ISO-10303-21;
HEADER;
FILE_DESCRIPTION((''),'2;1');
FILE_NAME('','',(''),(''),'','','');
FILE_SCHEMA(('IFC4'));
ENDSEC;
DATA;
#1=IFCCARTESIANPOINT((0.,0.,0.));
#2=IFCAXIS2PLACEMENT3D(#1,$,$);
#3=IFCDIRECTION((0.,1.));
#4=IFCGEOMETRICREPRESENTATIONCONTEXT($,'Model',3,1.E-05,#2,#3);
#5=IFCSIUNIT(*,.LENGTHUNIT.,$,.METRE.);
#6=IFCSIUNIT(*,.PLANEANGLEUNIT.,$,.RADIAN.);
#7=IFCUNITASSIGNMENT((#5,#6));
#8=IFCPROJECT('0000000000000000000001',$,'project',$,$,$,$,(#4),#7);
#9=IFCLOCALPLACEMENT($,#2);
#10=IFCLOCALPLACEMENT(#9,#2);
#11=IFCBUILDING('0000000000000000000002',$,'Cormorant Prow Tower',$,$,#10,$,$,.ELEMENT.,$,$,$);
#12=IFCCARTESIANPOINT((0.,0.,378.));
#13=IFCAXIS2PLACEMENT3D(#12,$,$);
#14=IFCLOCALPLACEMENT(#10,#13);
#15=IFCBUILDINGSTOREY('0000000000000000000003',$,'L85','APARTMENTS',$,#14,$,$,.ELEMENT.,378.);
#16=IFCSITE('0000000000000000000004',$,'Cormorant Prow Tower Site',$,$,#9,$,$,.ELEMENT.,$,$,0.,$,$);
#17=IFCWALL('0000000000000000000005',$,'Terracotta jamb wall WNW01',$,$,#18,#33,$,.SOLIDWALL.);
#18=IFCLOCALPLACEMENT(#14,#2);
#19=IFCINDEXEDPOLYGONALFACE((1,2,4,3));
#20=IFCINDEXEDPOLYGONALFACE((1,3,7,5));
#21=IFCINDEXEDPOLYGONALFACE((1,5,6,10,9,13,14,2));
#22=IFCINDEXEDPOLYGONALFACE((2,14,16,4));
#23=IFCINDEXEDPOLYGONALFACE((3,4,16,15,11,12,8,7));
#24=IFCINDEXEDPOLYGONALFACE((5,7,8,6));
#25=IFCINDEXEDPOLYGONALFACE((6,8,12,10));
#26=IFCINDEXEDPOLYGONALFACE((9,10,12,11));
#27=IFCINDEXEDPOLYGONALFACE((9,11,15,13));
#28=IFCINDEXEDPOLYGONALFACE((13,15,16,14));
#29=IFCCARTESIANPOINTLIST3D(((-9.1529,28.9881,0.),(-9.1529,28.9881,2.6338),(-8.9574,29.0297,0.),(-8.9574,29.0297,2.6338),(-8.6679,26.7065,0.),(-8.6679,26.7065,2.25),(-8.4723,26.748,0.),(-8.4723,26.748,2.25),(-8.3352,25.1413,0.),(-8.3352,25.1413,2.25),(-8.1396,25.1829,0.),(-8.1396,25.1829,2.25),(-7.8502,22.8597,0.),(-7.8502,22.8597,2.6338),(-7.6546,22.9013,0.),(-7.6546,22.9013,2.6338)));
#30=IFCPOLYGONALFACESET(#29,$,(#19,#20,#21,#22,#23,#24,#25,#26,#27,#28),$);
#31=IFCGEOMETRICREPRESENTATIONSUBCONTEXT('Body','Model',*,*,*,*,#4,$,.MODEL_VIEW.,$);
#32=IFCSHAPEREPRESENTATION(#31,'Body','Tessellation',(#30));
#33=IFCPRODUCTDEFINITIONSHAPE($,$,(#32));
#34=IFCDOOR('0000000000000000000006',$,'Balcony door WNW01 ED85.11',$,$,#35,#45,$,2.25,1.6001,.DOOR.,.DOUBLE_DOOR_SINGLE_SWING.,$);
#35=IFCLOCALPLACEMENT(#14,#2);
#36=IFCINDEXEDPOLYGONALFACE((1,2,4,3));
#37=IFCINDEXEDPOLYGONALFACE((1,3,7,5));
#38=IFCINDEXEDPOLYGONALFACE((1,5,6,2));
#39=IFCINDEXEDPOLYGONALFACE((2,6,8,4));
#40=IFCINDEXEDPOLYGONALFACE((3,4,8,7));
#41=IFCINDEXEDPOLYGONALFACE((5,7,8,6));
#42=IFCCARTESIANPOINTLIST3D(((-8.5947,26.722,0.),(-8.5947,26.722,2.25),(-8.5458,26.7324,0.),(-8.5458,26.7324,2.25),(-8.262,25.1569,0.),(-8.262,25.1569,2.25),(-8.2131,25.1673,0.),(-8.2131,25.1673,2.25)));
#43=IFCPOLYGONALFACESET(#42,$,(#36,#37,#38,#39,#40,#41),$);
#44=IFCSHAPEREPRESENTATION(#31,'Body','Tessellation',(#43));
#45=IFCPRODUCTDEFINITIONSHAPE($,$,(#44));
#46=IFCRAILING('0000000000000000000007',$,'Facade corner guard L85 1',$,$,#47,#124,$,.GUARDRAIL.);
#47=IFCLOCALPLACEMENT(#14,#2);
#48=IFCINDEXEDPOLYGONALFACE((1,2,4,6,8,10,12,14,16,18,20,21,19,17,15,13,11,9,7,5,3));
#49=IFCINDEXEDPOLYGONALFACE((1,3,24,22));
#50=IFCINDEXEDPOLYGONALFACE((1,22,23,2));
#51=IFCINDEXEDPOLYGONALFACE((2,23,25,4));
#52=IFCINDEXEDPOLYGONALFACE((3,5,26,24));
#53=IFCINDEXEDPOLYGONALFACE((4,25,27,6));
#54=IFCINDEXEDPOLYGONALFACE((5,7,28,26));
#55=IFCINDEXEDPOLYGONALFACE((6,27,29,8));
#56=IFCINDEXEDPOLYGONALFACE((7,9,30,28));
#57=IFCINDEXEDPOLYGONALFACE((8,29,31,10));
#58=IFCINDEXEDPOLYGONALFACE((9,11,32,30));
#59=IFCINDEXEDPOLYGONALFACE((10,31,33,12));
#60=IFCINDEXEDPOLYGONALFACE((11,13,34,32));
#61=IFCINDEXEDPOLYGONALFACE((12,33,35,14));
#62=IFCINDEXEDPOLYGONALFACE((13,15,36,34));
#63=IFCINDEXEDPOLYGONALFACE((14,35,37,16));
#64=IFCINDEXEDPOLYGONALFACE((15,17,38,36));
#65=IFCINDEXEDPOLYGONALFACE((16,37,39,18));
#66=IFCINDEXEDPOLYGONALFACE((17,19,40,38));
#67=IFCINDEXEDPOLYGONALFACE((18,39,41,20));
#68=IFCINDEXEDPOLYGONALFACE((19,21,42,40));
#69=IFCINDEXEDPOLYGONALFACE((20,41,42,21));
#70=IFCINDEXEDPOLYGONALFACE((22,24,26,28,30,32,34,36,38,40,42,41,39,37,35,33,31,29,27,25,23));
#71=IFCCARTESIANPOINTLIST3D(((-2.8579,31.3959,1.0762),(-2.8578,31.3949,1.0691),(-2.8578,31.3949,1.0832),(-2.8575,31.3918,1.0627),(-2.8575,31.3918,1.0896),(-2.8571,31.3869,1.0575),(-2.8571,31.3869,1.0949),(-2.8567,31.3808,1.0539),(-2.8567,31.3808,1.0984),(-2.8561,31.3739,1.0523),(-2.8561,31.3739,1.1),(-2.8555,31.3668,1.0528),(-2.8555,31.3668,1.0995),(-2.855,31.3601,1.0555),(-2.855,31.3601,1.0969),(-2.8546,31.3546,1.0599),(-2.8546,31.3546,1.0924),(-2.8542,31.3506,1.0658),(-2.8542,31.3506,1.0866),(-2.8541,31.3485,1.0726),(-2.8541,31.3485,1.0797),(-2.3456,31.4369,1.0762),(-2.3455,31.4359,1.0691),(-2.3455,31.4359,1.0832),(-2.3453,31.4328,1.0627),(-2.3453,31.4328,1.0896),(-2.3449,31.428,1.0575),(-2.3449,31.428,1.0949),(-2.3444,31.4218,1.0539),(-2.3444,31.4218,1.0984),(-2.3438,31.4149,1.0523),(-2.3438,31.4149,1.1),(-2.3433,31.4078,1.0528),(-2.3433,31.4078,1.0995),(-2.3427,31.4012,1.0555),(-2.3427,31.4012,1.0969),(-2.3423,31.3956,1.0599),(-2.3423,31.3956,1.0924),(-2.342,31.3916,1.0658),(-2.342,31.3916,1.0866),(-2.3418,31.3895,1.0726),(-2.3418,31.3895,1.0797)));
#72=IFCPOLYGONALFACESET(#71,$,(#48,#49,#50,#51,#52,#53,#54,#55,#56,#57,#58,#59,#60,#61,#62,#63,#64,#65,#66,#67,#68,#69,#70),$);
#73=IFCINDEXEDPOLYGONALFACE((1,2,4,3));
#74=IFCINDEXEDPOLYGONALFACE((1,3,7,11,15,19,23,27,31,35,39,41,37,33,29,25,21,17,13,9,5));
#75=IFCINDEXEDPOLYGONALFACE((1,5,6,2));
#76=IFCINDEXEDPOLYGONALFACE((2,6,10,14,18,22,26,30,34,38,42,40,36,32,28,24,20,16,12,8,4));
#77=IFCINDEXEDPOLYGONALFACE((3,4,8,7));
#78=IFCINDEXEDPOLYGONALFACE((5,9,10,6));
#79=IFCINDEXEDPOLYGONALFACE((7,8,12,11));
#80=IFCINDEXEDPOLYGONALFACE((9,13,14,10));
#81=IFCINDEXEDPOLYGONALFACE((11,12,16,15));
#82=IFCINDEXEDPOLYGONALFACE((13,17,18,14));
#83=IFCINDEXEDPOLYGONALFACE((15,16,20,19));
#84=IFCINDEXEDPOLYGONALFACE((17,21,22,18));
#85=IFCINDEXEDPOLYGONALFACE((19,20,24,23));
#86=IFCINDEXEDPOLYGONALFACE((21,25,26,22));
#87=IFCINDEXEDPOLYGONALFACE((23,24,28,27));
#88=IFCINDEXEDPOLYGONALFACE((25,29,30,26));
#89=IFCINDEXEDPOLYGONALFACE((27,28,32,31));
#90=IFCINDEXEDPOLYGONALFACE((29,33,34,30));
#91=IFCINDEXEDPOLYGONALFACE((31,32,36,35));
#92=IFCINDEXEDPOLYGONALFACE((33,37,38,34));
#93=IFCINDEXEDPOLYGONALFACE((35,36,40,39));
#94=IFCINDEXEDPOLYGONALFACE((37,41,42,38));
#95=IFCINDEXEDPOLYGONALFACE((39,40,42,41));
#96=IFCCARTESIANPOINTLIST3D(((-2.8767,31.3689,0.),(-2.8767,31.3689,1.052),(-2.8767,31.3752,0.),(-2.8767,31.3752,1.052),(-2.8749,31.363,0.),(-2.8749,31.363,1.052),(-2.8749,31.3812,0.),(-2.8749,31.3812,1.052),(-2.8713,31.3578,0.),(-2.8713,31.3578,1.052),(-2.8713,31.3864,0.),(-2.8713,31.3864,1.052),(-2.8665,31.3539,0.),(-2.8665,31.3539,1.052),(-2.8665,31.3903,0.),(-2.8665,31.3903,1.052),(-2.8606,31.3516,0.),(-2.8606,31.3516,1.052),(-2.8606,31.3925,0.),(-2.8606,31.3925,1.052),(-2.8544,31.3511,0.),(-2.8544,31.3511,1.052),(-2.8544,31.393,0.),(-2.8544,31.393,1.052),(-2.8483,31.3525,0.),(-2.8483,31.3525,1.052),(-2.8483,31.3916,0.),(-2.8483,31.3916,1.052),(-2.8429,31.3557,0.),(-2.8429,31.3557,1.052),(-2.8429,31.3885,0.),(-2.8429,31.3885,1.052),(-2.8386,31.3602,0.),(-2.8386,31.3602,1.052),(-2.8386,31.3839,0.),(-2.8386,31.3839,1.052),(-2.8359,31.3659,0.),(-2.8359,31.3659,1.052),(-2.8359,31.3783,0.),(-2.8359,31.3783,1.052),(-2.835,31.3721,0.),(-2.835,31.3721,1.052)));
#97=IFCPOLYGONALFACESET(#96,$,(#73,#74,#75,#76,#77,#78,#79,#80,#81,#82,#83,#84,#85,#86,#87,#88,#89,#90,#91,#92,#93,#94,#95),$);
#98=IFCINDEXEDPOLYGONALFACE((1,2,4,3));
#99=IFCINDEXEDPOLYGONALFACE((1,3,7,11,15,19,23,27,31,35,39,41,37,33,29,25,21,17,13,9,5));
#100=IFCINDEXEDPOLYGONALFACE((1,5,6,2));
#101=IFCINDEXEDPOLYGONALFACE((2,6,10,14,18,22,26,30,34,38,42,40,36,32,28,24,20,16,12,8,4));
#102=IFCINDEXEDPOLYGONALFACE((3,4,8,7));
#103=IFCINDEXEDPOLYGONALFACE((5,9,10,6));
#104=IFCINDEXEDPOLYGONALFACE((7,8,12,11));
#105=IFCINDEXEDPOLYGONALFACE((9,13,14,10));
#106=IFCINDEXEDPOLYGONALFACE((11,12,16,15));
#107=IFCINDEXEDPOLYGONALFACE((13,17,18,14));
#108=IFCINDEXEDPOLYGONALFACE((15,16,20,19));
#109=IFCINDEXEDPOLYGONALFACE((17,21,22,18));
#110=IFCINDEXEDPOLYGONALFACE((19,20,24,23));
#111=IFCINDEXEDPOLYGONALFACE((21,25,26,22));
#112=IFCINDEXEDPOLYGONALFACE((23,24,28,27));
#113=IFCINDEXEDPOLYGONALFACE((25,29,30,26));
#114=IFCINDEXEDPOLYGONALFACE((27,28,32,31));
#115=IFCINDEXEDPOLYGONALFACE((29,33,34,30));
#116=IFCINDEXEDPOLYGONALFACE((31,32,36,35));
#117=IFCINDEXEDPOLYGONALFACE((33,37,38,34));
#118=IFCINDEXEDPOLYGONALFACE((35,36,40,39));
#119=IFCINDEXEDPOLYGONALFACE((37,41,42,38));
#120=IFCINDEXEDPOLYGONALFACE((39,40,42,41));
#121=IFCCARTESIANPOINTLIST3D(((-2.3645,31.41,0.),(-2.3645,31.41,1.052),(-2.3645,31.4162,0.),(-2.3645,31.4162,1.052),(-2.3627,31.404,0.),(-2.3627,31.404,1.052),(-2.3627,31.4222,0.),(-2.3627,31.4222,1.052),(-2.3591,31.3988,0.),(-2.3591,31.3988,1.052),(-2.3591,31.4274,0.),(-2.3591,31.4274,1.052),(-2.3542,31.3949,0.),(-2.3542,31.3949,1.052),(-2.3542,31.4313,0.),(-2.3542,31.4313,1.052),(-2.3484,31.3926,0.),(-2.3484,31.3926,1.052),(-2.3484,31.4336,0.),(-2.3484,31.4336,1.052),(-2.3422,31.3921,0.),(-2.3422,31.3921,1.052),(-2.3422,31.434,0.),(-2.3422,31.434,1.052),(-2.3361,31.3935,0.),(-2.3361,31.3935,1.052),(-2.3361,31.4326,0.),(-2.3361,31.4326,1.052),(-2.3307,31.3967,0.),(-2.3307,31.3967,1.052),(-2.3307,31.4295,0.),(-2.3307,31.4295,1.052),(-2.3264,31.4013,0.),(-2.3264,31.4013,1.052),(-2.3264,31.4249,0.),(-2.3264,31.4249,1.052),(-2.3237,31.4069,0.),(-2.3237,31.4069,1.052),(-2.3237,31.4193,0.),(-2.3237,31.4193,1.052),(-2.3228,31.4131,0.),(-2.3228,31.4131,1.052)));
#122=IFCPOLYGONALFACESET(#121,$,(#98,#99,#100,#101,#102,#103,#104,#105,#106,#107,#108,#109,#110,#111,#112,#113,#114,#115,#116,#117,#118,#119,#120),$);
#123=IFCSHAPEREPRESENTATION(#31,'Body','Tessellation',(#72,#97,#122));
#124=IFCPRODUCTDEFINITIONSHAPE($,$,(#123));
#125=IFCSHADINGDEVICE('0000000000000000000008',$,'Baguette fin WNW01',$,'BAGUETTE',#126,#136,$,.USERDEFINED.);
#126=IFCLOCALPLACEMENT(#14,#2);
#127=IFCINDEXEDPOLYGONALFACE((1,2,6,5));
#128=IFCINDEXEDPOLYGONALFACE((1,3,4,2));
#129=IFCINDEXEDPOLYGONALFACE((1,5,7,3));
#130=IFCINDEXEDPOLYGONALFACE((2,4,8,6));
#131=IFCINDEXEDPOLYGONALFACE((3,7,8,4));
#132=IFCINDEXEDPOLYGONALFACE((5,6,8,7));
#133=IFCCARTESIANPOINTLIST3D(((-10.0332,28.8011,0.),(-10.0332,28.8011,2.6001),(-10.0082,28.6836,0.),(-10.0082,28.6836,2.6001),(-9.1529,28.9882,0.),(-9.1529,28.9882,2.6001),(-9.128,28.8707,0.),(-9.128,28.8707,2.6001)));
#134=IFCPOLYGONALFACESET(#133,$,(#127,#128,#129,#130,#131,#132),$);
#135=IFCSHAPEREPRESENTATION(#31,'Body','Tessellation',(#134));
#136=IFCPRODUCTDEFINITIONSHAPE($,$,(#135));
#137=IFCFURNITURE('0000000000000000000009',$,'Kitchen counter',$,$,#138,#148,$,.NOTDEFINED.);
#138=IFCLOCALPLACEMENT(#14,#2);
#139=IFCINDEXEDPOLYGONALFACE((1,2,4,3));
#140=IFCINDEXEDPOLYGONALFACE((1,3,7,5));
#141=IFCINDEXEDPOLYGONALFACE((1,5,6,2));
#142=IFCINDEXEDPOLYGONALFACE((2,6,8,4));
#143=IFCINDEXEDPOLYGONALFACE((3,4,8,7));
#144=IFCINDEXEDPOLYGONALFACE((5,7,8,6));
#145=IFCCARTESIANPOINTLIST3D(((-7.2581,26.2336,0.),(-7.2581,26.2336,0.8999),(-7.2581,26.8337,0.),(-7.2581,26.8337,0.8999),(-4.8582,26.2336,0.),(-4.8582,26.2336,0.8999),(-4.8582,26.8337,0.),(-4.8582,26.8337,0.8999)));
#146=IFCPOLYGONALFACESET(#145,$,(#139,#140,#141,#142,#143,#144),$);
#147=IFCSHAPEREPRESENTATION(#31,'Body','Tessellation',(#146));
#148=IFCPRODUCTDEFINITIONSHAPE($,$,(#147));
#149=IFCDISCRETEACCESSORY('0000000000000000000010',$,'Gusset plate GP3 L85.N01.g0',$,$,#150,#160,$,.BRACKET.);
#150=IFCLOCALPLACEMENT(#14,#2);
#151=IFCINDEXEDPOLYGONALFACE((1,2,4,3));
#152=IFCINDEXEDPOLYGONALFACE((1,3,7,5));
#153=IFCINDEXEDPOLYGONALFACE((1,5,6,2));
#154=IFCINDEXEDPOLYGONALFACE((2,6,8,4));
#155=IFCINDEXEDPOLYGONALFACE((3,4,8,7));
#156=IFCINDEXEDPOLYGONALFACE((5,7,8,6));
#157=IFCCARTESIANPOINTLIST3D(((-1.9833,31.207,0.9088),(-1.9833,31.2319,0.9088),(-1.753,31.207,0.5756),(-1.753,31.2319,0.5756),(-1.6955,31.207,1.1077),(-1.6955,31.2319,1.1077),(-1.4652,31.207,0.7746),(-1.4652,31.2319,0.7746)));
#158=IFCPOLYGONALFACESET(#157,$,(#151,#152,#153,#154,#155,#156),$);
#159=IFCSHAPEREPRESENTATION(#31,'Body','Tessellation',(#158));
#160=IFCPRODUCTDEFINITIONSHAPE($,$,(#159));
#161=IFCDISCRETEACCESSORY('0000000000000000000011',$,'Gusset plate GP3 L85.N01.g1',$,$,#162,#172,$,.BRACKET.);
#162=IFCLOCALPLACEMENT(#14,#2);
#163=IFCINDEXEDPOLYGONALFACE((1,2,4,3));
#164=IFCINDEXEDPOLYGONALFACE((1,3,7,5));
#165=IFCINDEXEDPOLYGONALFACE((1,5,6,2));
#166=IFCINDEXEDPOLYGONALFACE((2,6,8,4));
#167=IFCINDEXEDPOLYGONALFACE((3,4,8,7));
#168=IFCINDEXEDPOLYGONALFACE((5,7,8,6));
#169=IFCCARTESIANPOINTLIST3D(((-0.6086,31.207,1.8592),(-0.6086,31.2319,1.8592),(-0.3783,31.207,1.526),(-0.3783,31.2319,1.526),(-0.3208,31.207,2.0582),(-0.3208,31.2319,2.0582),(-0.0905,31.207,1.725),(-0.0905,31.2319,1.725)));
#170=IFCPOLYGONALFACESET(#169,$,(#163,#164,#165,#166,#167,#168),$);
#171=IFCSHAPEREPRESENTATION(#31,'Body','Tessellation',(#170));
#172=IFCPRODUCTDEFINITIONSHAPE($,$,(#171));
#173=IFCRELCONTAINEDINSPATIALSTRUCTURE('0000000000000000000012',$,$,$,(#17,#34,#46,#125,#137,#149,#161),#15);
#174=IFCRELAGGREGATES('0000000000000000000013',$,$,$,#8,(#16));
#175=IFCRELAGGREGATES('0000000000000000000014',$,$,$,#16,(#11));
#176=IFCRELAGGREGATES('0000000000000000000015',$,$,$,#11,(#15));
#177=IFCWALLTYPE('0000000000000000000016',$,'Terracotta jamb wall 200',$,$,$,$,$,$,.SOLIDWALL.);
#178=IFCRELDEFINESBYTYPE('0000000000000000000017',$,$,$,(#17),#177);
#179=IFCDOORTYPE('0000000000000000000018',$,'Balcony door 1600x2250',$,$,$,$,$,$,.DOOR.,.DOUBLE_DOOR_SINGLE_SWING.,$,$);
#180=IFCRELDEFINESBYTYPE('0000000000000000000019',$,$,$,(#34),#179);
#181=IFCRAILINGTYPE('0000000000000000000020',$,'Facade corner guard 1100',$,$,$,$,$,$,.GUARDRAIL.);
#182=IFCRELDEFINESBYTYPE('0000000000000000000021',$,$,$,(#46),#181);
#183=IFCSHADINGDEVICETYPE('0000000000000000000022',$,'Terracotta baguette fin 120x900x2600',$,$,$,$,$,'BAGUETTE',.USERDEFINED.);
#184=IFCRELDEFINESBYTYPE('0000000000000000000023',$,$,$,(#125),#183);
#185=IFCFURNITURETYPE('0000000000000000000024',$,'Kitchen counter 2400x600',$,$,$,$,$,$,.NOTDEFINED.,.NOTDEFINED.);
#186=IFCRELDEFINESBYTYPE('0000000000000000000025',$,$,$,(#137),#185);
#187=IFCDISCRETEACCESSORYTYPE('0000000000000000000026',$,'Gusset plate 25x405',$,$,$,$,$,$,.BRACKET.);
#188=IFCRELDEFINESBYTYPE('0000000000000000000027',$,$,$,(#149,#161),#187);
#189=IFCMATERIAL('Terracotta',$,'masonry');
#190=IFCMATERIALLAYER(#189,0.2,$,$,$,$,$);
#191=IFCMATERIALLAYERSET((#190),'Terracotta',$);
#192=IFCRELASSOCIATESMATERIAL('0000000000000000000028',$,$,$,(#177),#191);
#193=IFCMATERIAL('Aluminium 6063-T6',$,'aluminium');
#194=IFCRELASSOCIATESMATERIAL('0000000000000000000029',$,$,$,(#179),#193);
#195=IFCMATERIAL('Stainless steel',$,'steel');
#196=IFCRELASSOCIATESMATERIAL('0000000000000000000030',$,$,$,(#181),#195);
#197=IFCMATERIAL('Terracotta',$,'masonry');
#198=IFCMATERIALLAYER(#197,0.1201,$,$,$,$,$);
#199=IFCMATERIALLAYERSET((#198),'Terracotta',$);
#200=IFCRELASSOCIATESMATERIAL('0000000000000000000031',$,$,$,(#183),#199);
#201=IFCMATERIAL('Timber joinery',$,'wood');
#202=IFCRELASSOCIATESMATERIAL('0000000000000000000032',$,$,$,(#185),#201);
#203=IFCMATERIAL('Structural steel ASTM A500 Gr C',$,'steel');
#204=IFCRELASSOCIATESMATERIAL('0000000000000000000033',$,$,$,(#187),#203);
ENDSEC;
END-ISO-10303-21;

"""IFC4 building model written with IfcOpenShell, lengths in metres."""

from ifc_helpers import new_model, si_unit, direction, frame, frame_2d, origin, origin_2d, place, context, subcontext, project, spatial, rectangle, circle, extrude, material, layer, layer_set, material_profile, profile_set, type_object, element, fill, save


model = new_model("IFC4")

# Units and contexts
model_context = context("Model", 3, precision=1e-05, world=origin(), true_north=direction((0.0, 1.0)))
body_context = subcontext(model_context, "Body", "Model", "MODEL_VIEW")
ifc_project = project(units=[si_unit("LENGTHUNIT", "METRE"), si_unit("PLANEANGLEUNIT", "RADIAN")], contexts=[model_context])

# Site, building, storey
site_placement = place(None, origin())
site = spatial("IfcSite", under=ifc_project, at=site_placement, Name="Cormorant Prow Tower Site", CompositionType="ELEMENT", RefElevation=0.0)
building_placement = place(site_placement, origin())
building = spatial("IfcBuilding", under=site, at=building_placement, Name="Cormorant Prow Tower", CompositionType="ELEMENT")
storey_placement = place(building_placement, frame((0.0, 0.0, 378.0)))
storey = spatial("IfcBuildingStorey", under=building, at=storey_placement, Name="L85", Description="APARTMENTS", CompositionType="ELEMENT", Elevation=378.0)

# Wall, opening, door
ifc_material_1 = material(Name="Terracotta", Category="masonry")
ifc_layer_1 = layer(ifc_material_1, 0.2)
ifc_layer_set_1 = layer_set([ifc_layer_1], Name="Terracotta")
wall_type_1 = type_object("IfcWallType", Name="Terracotta jamb wall 200", PredefinedType="SOLIDWALL", material=ifc_layer_set_1)
wall_1_placement = place(storey_placement, frame((-9.0552, 29.009, 0.0), z_axis=(0.0, 0.0, 1.0), x_axis=(0.207927, -0.978144, 0.0)))
wall_1 = element("IfcWall", 1, at=wall_1_placement, inside=storey, type_object=wall_type_1, Name="Terracotta jamb wall WNW01", PredefinedType="SOLIDWALL", context=body_context, shape_type="SweptSolid", body=[
    extrude(rectangle(XDim=6.2654, YDim=0.2, at=frame_2d((3.1328, 0.0))), origin(), (0.0, 0.0, 1.0), 2.6338),
])
opening_1_placement = place(wall_1_placement, frame((2.3328, 0.0, 0.0)))
opening_1 = element("IfcOpeningElement", 2, at=opening_1_placement, cuts=wall_1, PredefinedType="OPENING", context=body_context, shape_type="SweptSolid", body=[
    extrude(rectangle(XDim=1.6001, YDim=2.25, at=frame_2d((0.8, 1.125))), frame((0.0, 0.1099, 0.0), z_axis=(0.0, -1.0, 0.0), x_axis=(1.0, 0.0, 0.0)), (0.0, 0.0, 1.0), 0.22),
])
ifc_material_2 = material(Name="Aluminium 6063-T6", Category="aluminium")
door_type_1 = type_object("IfcDoorType", Name="Balcony door 1600x2250", OperationType="DOUBLE_DOOR_SINGLE_SWING", PredefinedType="DOOR", material=ifc_material_2)
door_1_placement = place(opening_1_placement, origin())
door_1 = element("IfcDoor", 3, at=door_1_placement, inside=storey, type_object=door_type_1, Name="Balcony door WNW01 ED85.11", OperationType="DOUBLE_DOOR_SINGLE_SWING", OverallHeight=2.25, OverallWidth=1.6001, PredefinedType="DOOR", context=body_context, shape_type="SweptSolid", body=[
    extrude(rectangle(XDim=1.6001, YDim=2.25, at=frame_2d((0.8, 1.125))), frame((0.0, 0.0249, 0.0), z_axis=(0.0, -1.0, 0.0), x_axis=(1.0, 0.0, 0.0)), (0.0, 0.0, 1.0), 0.05),
])
fill(opening_1, door_1)

# Railing
ifc_material_3 = material(Name="Stainless steel", Category="steel")
railing_type_1 = type_object("IfcRailingType", Name="Facade corner guard 1100", PredefinedType="GUARDRAIL", material=ifc_material_3)
railing_1_placement = place(storey_placement, frame((-2.856, 31.3721, 0.0)))
element("IfcRailing", 4, at=railing_1_placement, inside=storey, type_object=railing_type_1, Name="Facade corner guard L85 1", PredefinedType="GUARDRAIL", context=body_context, shape_type="SweptSolid", body=[
    extrude(circle(Radius=0.0239, at=origin_2d()), frame((0.0, 0.0, 1.0762), z_axis=(0.996809, 0.079821, 0.0), x_axis=(-0.079821, 0.996809, 0.0)), (0.0, 0.0, 1.0), 0.5139),
    extrude(circle(Radius=0.021, at=origin_2d()), origin(), (0.0, 0.0, 1.0), 1.052),
    extrude(circle(Radius=0.021, at=origin_2d()), frame((0.5122, 0.041, 0.0)), (0.0, 0.0, 1.0), 1.052),
])

# Shading device
ifc_material_4 = material(Name="Terracotta", Category="masonry")
ifc_layer_2 = layer(ifc_material_4, 0.1201)
ifc_layer_set_2 = layer_set([ifc_layer_2], Name="Terracotta")
shading_device_type = type_object("IfcShadingDeviceType", Name="Terracotta baguette fin 120x900x2600", ElementType="BAGUETTE", PredefinedType="USERDEFINED", material=ifc_layer_set_2)
shading_device_placement = place(storey_placement, frame((-9.5806, 28.8359, 0.0), z_axis=(0.0, 0.0, 1.0), x_axis=(0.207912, -0.978148, 0.0)))
element("IfcShadingDevice", 5, at=shading_device_placement, inside=storey, type_object=shading_device_type, Name="Baguette fin WNW01", ObjectType="BAGUETTE", PredefinedType="USERDEFINED", context=body_context, shape_type="SweptSolid", body=[
    extrude(rectangle(XDim=0.1201, YDim=0.8999, at=origin_2d()), origin(), (0.0, 0.0, 1.0), 2.6001),
])

# Furniture
ifc_material_5 = material(Name="Timber joinery", Category="wood")
furniture_type = type_object("IfcFurnitureType", Name="Kitchen counter 2400x600", AssemblyPlace="NOTDEFINED", PredefinedType="NOTDEFINED", material=ifc_material_5)
furniture_placement = place(storey_placement, frame((-6.0581, 26.5337, 0.0), z_axis=(0.0, 0.0, 1.0), x_axis=(1.0, 0.0, 0.0)))
element("IfcFurniture", 6, at=furniture_placement, inside=storey, type_object=furniture_type, Name="Kitchen counter", PredefinedType="NOTDEFINED", context=body_context, shape_type="SweptSolid", body=[
    extrude(rectangle(XDim=2.3999, YDim=0.6001, at=origin_2d()), origin(), (0.0, 0.0, 1.0), 0.8999),
])

# Discrete accessories
ifc_material_6 = material(Name="Structural steel ASTM A500 Gr C", Category="steel")
ifc_material_profile_1 = material_profile(ifc_material_6, rectangle(XDim=0.0249, YDim=0.405, at=origin_2d()), Name="Gusset plate 25x405")
ifc_profile_set_1 = profile_set([ifc_material_profile_1], Name="Structural steel ASTM A500 Gr C")
discrete_accessory_type = type_object("IfcDiscreteAccessoryType", Name="Gusset plate 25x405", PredefinedType="BRACKET", material=ifc_profile_set_1)
for number, where, z_axis, x_axis, name in (
    (7, (-1.5803, 31.2195, 0.9412), (-0.822594, 0.0, -0.568629), (0.0, -1.0, 0.0), "Gusset plate GP3 L85.N01.g0"),
    (8, (-0.4934, 31.2195, 1.6926), (0.822594, 0.0, 0.568629), (0.0, 1.0, 0.0), "Gusset plate GP3 L85.N01.g1"),
):
    element("IfcDiscreteAccessory", number, at=place(storey_placement, frame(where, z_axis=z_axis, x_axis=x_axis)), inside=storey, type_object=discrete_accessory_type, Name=name, PredefinedType="BRACKET", context=body_context, shape_type="SweptSolid", body=[
        extrude(rectangle(XDim=0.0249, YDim=0.405, at=origin_2d()), origin(), (0.0, 0.0, 1.0), 0.3499),
    ])

save(model, "model.ifc")
